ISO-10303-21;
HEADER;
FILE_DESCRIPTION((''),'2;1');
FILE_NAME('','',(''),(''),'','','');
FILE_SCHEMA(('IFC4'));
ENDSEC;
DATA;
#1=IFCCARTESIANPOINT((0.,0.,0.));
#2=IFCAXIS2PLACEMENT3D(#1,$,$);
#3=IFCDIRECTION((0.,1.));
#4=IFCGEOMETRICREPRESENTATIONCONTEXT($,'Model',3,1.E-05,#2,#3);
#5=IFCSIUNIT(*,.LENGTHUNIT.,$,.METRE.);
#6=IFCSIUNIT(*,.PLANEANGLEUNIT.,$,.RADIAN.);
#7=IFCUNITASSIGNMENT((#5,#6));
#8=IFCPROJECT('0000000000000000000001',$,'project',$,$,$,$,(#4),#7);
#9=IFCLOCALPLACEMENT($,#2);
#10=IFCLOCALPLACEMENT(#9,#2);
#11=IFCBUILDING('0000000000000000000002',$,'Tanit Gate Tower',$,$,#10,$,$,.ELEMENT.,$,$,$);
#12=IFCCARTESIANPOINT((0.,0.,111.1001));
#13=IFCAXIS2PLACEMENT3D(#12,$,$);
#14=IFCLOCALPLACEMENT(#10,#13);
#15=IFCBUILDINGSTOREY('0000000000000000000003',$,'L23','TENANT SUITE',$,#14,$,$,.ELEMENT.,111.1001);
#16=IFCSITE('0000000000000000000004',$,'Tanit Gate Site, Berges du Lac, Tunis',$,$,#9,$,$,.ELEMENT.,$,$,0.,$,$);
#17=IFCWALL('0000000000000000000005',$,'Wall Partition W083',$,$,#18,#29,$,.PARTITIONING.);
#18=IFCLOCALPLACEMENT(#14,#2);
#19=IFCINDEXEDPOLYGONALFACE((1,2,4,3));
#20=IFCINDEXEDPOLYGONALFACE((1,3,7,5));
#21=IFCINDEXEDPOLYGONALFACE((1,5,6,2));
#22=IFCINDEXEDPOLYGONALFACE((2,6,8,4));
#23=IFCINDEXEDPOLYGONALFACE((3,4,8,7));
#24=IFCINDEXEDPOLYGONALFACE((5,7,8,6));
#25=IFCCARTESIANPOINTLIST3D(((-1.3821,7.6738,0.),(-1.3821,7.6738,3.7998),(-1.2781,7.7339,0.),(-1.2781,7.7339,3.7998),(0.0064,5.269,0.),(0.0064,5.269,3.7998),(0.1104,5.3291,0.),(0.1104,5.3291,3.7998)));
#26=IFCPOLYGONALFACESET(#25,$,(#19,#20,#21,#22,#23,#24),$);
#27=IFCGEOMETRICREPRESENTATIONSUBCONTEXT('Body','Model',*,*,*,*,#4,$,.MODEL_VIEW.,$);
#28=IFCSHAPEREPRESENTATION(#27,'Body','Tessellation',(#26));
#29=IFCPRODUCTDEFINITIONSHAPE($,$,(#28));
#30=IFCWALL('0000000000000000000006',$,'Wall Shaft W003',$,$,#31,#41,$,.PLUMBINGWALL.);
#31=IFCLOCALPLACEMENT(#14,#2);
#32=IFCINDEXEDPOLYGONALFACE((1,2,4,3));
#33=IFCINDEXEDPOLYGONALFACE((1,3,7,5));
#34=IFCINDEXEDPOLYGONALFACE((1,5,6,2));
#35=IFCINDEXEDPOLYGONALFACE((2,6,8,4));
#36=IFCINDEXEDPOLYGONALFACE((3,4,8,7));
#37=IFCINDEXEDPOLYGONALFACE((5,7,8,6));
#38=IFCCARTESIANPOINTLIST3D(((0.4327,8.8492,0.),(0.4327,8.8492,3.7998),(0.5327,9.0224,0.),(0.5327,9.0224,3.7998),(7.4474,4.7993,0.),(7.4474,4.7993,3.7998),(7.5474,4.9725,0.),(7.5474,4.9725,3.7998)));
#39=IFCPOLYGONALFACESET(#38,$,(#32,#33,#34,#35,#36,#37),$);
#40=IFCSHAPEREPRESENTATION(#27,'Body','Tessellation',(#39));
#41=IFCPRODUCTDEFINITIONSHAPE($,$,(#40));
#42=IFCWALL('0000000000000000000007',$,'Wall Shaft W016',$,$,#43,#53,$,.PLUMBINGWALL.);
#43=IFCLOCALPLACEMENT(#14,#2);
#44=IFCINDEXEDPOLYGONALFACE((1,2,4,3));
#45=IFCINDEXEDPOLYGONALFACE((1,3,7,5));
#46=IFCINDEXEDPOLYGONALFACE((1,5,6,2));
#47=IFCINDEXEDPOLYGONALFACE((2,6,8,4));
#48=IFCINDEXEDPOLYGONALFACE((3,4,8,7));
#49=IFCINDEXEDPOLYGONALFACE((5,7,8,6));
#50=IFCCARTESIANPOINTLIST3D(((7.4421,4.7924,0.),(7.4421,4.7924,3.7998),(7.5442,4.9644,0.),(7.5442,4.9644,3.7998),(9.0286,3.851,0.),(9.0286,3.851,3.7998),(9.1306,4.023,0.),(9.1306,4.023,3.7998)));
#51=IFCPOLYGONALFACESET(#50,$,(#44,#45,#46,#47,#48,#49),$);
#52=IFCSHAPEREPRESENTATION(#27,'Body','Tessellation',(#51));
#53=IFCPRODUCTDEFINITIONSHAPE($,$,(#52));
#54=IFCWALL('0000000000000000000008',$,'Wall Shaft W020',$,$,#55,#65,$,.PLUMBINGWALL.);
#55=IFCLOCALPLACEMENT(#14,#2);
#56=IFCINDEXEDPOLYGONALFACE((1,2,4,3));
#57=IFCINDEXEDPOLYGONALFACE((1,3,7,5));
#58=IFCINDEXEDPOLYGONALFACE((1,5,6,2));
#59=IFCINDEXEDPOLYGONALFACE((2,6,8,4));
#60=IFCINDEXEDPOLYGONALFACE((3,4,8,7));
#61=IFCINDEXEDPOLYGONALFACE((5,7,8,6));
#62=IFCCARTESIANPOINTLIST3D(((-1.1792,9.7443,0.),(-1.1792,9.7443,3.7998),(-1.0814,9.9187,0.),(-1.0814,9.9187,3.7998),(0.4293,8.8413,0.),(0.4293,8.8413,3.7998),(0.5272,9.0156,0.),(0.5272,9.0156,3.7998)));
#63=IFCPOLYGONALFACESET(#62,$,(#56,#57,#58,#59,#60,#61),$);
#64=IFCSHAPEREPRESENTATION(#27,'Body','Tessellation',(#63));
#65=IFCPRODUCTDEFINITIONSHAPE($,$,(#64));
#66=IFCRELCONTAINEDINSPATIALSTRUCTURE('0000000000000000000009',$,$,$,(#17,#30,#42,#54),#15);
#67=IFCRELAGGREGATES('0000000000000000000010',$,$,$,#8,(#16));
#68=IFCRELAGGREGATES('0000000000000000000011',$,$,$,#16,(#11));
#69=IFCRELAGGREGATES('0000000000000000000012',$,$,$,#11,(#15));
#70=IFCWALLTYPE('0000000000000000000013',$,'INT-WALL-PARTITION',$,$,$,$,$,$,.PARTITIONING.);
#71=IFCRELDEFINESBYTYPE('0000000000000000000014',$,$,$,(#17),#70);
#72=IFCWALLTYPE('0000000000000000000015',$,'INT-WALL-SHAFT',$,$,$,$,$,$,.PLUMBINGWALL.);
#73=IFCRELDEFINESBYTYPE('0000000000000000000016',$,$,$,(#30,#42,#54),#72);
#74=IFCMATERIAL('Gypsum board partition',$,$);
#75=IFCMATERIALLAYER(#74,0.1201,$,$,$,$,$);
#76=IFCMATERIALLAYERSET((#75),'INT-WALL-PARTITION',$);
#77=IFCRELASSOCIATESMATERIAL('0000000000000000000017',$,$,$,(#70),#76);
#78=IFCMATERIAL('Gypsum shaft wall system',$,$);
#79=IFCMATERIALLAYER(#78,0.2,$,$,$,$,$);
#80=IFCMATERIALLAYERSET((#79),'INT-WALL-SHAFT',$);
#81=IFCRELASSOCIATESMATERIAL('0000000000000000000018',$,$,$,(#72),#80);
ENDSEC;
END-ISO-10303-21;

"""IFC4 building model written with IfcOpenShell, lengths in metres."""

from ifc_helpers import new_model, si_unit, direction, frame, frame_2d, origin, place, context, subcontext, project, spatial, rectangle, extrude, material, layer, layer_set, type_object, element, save


model = new_model("IFC4")

# Units and contexts
model_context = context("Model", 3, precision=1e-05, world=origin(), true_north=direction((0.0, 1.0)))
body_context = subcontext(model_context, "Body", "Model", "MODEL_VIEW")
ifc_project = project(units=[si_unit("LENGTHUNIT", "METRE"), si_unit("PLANEANGLEUNIT", "RADIAN")], contexts=[model_context])

# Site, building, storey
site_placement = place(None, origin())
site = spatial("IfcSite", under=ifc_project, at=site_placement, Name="Tanit Gate Site, Berges du Lac, Tunis", CompositionType="ELEMENT", RefElevation=0.0)
building_placement = place(site_placement, origin())
building = spatial("IfcBuilding", under=site, at=building_placement, Name="Tanit Gate Tower", CompositionType="ELEMENT")
storey_placement = place(building_placement, frame((0.0, 0.0, 111.1001)))
storey = spatial("IfcBuildingStorey", under=building, at=storey_placement, Name="L23", Description="TENANT SUITE", CompositionType="ELEMENT", Elevation=111.1001)

# Walls
ifc_material_1 = material(Name="Gypsum board partition")
ifc_layer_1 = layer(ifc_material_1, 0.1201)
ifc_layer_set_1 = layer_set([ifc_layer_1], Name="INT-WALL-PARTITION")
wall_type_1 = type_object("IfcWallType", Name="INT-WALL-PARTITION", PredefinedType="PARTITIONING", material=ifc_layer_set_1)
wall_1_placement = place(storey_placement, frame((-1.3301, 7.7039, 0.0), z_axis=(0.0, 0.0, 1.0), x_axis=(0.500007, -0.866022, 0.0)))
element("IfcWall", 1, at=wall_1_placement, inside=storey, type_object=wall_type_1, Name="Wall Partition W083", PredefinedType="PARTITIONING", context=body_context, shape_type="SweptSolid", body=[
    extrude(rectangle(XDim=2.7769, YDim=0.1201, at=frame_2d((1.3884, 0.0))), origin(), (0.0, 0.0, 1.0), 3.7998),
])
ifc_material_2 = material(Name="Gypsum shaft wall system")
ifc_layer_2 = layer(ifc_material_2, 0.2)
ifc_layer_set_2 = layer_set([ifc_layer_2], Name="INT-WALL-SHAFT")
wall_type_2 = type_object("IfcWallType", Name="INT-WALL-SHAFT", PredefinedType="PLUMBINGWALL", material=ifc_layer_set_2)
wall_2_placement = place(storey_placement, frame((7.4973, 4.886, 0.0), z_axis=(0.0, 0.0, 1.0), x_axis=(-0.866031, 0.49999, 0.0)))
element("IfcWall", 2, at=wall_2_placement, inside=storey, type_object=wall_type_2, Name="Wall Shaft W003", PredefinedType="PLUMBINGWALL", context=body_context, shape_type="SweptSolid", body=[
    extrude(rectangle(XDim=8.0999, YDim=0.2, at=frame_2d((4.0498, 0.0))), origin(), (0.0, 0.0, 1.0), 3.7998),
])
for number, where, z_axis, x_axis, name in (
    (3, (9.0796, 3.937, 0.0), (0.0, 0.0, 1.0), (-0.859982, 0.510325, 0.0), "Wall Shaft W016"),
    (4, (0.4783, 8.9285, 0.0), (0.0, 0.0, 1.0), (-0.871989, 0.489526, 0.0), "Wall Shaft W020"),
):
    element("IfcWall", number, at=place(storey_placement, frame(where, z_axis=z_axis, x_axis=x_axis)), inside=storey, type_object=wall_type_2, Name=name, PredefinedType="PLUMBINGWALL", context=body_context, shape_type="SweptSolid", body=[
        extrude(rectangle(XDim=1.8447, YDim=0.2, at=frame_2d((0.9224, 0.0))), origin(), (0.0, 0.0, 1.0), 3.7998),
    ])

save(model, "model.ifc")
